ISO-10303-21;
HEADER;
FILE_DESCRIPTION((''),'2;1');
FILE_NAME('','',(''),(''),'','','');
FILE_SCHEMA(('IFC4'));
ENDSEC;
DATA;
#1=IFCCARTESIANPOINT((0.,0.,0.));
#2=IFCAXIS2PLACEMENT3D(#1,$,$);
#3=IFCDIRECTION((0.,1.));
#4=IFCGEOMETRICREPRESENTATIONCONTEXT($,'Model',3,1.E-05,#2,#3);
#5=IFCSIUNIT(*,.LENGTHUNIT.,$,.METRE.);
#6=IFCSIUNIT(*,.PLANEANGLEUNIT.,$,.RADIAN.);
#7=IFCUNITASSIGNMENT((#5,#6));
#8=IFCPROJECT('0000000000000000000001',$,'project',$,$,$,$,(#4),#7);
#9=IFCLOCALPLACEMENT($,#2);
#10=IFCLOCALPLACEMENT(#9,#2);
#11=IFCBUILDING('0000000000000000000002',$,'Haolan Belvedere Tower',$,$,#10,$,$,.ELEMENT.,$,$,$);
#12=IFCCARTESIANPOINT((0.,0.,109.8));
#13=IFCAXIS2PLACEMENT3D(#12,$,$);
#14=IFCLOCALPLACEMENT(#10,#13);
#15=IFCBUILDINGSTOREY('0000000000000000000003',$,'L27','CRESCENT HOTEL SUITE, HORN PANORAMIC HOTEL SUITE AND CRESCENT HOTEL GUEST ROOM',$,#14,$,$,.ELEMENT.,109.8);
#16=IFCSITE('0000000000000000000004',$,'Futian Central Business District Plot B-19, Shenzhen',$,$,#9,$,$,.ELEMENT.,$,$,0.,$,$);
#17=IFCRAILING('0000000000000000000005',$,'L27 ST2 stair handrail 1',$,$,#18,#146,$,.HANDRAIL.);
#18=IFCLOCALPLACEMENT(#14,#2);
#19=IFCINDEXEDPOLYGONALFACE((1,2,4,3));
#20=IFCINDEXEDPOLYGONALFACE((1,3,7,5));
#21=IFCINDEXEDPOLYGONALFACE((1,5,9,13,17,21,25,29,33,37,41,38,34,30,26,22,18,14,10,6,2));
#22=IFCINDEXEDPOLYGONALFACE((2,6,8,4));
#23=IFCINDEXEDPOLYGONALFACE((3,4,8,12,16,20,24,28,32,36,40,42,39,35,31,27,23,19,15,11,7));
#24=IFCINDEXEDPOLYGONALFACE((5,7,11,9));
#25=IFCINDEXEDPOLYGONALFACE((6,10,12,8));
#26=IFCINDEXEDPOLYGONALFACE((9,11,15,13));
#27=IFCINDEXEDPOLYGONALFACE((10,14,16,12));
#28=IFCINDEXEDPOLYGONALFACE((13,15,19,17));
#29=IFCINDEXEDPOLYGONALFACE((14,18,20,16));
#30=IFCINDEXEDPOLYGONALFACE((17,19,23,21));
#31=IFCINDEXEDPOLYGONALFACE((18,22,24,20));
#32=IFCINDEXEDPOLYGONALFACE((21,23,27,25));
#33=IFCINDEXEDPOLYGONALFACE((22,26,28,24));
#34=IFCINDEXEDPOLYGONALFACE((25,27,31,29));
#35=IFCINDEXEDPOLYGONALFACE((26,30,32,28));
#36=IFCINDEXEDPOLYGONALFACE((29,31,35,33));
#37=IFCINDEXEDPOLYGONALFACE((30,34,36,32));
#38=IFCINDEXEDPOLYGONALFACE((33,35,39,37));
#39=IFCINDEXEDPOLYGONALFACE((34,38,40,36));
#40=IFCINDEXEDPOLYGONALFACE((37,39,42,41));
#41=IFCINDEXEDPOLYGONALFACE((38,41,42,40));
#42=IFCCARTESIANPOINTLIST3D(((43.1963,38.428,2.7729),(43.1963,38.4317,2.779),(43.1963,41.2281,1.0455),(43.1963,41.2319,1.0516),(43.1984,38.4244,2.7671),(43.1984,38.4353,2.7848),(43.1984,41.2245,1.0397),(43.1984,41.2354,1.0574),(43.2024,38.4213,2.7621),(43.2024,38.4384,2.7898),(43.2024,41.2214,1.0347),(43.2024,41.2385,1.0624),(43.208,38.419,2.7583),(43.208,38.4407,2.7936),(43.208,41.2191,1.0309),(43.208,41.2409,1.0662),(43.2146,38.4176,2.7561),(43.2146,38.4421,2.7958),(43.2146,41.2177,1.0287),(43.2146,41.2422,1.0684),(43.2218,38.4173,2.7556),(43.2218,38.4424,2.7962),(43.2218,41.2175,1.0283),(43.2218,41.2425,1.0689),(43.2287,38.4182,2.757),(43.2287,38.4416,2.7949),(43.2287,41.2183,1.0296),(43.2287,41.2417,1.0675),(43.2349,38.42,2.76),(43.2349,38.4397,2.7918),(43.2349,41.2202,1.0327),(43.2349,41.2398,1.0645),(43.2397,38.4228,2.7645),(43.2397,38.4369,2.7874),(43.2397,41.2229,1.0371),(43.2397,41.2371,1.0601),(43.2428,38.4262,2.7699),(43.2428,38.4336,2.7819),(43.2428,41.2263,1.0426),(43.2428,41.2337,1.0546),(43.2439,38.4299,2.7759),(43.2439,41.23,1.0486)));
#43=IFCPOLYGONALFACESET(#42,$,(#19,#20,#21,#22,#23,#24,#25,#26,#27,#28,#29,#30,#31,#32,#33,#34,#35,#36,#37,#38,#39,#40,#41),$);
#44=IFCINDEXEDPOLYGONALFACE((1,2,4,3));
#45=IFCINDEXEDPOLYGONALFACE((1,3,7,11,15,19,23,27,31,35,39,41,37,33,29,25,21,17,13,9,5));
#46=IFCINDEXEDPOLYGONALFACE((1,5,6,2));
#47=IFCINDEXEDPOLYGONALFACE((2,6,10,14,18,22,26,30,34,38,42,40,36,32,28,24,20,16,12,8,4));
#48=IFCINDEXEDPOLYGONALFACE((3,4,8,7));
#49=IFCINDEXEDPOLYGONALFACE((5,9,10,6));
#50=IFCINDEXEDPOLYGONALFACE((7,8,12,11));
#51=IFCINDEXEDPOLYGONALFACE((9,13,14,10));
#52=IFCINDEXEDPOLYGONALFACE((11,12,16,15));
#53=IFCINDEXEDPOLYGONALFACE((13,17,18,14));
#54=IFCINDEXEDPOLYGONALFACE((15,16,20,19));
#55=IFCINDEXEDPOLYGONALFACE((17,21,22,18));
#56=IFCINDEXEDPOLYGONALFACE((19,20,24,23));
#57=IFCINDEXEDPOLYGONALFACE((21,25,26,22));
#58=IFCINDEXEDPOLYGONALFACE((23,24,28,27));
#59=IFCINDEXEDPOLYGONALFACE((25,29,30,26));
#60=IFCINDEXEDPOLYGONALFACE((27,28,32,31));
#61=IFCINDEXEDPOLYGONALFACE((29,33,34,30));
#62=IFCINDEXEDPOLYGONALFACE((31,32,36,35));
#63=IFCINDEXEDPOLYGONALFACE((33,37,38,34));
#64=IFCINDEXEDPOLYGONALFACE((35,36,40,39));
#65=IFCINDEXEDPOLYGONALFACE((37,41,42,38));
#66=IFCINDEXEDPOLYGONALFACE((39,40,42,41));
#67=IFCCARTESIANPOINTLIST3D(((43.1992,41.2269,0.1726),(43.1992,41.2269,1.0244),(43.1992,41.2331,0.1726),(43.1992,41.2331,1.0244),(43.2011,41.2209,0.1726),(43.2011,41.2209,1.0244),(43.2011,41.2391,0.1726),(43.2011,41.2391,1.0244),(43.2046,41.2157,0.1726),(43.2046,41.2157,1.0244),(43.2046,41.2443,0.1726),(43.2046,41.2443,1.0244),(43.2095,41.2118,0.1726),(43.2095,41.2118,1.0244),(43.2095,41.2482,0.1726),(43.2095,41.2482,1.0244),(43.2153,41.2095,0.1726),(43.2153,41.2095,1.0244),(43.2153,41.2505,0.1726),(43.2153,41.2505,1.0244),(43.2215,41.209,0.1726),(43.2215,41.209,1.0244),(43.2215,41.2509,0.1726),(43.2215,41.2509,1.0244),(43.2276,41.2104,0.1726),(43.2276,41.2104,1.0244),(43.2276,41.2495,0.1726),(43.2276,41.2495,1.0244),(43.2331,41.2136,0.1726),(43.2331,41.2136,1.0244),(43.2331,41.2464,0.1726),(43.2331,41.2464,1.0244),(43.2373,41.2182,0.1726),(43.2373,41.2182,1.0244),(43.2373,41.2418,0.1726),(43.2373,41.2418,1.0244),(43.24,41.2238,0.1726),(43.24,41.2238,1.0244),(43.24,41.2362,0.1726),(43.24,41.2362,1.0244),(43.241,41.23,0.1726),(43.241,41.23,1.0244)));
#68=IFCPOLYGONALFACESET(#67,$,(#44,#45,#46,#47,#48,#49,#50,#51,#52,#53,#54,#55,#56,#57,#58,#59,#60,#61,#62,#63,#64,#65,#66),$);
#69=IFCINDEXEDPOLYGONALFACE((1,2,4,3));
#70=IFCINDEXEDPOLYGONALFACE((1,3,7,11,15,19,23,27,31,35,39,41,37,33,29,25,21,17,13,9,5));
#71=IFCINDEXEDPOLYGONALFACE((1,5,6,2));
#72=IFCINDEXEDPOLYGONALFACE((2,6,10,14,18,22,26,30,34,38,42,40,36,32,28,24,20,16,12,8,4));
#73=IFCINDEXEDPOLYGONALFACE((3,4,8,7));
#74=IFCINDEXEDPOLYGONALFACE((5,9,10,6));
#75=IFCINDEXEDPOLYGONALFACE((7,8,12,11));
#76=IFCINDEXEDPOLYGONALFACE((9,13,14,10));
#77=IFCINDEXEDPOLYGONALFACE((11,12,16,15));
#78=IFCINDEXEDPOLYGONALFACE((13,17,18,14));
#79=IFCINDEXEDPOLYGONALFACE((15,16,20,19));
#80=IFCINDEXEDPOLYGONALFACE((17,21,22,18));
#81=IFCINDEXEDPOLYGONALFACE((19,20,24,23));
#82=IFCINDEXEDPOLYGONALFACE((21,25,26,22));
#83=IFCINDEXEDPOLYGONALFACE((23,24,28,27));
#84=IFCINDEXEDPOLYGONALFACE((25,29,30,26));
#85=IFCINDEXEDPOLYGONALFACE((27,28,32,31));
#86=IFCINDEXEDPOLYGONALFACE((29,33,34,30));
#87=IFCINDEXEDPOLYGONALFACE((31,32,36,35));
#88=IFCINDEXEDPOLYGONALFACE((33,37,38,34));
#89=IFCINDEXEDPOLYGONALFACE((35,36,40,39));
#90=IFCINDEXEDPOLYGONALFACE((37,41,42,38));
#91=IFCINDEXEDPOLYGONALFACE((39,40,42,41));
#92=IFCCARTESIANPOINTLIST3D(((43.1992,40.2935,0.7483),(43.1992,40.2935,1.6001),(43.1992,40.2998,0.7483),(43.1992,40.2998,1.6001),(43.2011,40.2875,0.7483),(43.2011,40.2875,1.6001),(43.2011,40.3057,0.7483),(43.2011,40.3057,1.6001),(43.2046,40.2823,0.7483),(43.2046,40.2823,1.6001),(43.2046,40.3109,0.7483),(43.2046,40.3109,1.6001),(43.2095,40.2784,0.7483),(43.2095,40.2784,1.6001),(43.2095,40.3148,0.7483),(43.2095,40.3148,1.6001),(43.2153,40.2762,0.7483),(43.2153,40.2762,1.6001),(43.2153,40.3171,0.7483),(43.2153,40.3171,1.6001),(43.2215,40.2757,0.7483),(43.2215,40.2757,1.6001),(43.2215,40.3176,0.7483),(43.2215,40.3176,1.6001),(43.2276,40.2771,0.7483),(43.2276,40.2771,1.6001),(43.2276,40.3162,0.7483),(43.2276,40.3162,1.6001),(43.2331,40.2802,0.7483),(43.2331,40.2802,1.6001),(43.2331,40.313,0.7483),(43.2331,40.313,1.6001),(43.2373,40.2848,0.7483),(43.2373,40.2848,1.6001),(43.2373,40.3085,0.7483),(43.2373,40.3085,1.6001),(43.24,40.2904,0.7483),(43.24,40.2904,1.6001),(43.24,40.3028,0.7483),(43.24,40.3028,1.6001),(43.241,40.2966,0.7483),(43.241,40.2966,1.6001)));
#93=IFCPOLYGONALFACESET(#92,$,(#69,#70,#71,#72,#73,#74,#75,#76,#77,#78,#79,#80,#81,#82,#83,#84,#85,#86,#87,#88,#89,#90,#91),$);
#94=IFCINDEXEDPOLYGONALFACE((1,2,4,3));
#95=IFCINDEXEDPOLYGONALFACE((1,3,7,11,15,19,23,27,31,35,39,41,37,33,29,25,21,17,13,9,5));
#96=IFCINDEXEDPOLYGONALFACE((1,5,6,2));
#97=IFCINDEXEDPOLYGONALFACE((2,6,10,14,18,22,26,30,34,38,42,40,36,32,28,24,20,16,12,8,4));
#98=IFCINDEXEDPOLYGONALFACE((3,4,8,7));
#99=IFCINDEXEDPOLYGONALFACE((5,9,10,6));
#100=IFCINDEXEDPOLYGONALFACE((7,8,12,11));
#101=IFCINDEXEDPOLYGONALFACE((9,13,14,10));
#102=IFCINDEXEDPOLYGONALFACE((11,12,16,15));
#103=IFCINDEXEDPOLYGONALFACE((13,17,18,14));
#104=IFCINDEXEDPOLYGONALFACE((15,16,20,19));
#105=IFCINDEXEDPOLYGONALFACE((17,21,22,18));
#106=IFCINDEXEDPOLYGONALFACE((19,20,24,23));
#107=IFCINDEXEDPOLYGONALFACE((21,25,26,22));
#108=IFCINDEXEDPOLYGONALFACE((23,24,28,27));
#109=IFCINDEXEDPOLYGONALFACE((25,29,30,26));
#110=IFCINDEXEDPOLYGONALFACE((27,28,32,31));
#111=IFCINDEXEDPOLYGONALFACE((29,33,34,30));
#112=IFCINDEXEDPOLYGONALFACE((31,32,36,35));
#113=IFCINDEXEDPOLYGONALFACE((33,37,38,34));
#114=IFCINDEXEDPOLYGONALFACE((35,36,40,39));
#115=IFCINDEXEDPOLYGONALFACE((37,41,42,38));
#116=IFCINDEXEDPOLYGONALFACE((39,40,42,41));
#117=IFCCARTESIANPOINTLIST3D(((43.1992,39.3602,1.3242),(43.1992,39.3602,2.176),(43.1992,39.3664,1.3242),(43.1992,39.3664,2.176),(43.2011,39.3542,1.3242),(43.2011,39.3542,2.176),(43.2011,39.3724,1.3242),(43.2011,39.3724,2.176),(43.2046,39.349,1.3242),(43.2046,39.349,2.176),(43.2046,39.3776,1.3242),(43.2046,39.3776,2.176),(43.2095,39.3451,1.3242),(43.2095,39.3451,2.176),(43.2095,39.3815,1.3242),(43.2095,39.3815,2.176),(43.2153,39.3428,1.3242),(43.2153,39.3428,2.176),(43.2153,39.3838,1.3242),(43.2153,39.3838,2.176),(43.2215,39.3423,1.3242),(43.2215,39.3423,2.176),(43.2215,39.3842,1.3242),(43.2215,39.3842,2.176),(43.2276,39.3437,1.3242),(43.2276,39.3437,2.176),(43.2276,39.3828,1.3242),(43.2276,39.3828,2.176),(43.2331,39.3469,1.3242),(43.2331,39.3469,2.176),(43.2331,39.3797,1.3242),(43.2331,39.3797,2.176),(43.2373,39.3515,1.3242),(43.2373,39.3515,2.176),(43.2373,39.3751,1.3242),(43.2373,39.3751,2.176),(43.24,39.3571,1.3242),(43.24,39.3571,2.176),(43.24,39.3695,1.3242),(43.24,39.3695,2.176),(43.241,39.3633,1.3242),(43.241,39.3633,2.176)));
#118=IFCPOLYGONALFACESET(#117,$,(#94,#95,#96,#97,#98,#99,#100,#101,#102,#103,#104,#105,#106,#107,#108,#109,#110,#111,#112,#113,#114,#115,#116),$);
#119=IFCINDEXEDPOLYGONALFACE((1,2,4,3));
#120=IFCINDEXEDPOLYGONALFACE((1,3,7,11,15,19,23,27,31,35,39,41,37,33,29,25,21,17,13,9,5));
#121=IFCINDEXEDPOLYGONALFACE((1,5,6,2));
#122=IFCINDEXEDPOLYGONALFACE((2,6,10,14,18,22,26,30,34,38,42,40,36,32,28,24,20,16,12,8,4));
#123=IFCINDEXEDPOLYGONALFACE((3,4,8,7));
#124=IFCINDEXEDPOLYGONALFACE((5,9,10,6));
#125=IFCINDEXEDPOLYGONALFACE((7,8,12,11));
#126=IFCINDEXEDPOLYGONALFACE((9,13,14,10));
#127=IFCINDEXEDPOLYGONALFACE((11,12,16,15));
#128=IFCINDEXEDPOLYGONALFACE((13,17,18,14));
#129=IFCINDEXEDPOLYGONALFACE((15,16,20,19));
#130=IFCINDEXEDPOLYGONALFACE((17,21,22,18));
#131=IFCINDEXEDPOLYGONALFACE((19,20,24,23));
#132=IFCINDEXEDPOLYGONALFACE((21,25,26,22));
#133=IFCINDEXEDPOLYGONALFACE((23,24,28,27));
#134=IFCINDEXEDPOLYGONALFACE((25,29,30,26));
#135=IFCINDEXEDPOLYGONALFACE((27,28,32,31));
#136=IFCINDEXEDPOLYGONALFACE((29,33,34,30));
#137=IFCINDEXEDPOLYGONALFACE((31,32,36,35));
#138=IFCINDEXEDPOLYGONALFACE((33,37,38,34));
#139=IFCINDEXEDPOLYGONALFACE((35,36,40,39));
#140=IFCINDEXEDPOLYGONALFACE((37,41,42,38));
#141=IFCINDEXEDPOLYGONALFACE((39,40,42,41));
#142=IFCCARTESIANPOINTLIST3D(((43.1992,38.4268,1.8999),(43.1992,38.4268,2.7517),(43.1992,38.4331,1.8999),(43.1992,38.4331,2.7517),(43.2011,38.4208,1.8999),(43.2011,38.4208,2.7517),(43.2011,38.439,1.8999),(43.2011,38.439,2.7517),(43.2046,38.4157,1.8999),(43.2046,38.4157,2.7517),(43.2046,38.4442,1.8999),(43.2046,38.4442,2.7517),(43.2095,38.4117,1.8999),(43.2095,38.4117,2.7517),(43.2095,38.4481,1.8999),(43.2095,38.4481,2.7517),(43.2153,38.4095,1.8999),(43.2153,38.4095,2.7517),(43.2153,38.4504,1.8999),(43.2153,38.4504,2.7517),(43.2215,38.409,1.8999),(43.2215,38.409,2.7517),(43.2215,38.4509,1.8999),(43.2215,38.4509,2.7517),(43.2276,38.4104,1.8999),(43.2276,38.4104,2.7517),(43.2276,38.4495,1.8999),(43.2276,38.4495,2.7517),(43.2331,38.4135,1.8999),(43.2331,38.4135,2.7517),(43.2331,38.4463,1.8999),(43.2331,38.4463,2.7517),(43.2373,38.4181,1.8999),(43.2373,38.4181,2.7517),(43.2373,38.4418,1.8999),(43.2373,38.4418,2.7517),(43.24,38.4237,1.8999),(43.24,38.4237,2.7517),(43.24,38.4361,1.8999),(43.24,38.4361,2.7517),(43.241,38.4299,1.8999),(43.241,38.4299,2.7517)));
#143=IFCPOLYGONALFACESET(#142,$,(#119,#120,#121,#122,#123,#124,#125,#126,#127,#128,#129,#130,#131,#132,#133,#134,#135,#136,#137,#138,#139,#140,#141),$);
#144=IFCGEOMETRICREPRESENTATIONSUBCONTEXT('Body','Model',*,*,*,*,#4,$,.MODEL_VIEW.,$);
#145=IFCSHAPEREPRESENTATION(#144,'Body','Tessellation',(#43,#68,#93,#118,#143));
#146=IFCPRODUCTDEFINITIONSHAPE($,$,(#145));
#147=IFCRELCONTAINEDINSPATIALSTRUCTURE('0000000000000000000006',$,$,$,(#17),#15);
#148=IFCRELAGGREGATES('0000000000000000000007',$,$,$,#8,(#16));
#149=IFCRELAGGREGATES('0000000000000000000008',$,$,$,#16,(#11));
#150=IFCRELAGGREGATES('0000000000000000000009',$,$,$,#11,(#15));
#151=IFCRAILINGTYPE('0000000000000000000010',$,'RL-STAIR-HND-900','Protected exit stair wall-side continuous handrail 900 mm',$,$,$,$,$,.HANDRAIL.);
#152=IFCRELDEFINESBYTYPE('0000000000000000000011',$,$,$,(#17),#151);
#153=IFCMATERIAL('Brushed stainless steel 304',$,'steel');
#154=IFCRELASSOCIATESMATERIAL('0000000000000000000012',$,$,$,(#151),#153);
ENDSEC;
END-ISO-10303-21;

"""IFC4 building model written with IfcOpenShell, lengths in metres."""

from ifc_helpers import new_model, si_unit, direction, frame, origin, origin_2d, place, context, subcontext, project, spatial, circle, extrude, material, type_object, element, save


model = new_model("IFC4")

# Units and contexts
model_context = context("Model", 3, precision=1e-05, world=origin(), true_north=direction((0.0, 1.0)))
body_context = subcontext(model_context, "Body", "Model", "MODEL_VIEW")
ifc_project = project(units=[si_unit("LENGTHUNIT", "METRE"), si_unit("PLANEANGLEUNIT", "RADIAN")], contexts=[model_context])

# Site, building, storey
site_placement = place(None, origin())
site = spatial("IfcSite", under=ifc_project, at=site_placement, Name="Futian Central Business District Plot B-19, Shenzhen", CompositionType="ELEMENT", RefElevation=0.0)
building_placement = place(site_placement, origin())
building = spatial("IfcBuilding", under=site, at=building_placement, Name="Haolan Belvedere Tower", CompositionType="ELEMENT")
storey_placement = place(building_placement, frame((0.0, 0.0, 109.8)))
storey = spatial("IfcBuildingStorey", under=building, at=storey_placement, Name="L27", Description="CRESCENT HOTEL SUITE, HORN PANORAMIC HOTEL SUITE AND CRESCENT HOTEL GUEST ROOM", CompositionType="ELEMENT", Elevation=109.8)

# Railing
ifc_material_1 = material(Name="Brushed stainless steel 304", Category="steel")
railing_type_1 = type_object("IfcRailingType", Name="RL-STAIR-HND-900", Description="Protected exit stair wall-side continuous handrail 900 mm", PredefinedType="HANDRAIL", material=ifc_material_1)
railing_1_placement = place(storey_placement, frame((43.22, 41.23, 0.1726)))
element("IfcRailing", 1, at=railing_1_placement, inside=storey, type_object=railing_type_1, Name="L27 ST2 stair handrail 1", PredefinedType="HANDRAIL", context=body_context, shape_type="SweptSolid", body=[
    extrude(circle(Radius=0.0239, at=origin_2d()), frame((0.0, 0.0, 0.876), z_axis=(0.0, -0.85109, 0.52502), x_axis=(1.0, 0.0, 0.0)), (0.0, 0.0, 1.0), 3.29),
    extrude(circle(Radius=0.021, at=origin_2d()), origin(), (0.0, 0.0, 1.0), 0.8518),
    extrude(circle(Radius=0.021, at=origin_2d()), frame((0.0, -0.9333, 0.5757)), (0.0, 0.0, 1.0), 0.8518),
    extrude(circle(Radius=0.021, at=origin_2d()), frame((0.0, -1.8667, 1.1516)), (0.0, 0.0, 1.0), 0.8518),
    extrude(circle(Radius=0.021, at=origin_2d()), frame((0.0, -2.8, 1.7273)), (0.0, 0.0, 1.0), 0.8518),
])

save(model, "model.ifc")
